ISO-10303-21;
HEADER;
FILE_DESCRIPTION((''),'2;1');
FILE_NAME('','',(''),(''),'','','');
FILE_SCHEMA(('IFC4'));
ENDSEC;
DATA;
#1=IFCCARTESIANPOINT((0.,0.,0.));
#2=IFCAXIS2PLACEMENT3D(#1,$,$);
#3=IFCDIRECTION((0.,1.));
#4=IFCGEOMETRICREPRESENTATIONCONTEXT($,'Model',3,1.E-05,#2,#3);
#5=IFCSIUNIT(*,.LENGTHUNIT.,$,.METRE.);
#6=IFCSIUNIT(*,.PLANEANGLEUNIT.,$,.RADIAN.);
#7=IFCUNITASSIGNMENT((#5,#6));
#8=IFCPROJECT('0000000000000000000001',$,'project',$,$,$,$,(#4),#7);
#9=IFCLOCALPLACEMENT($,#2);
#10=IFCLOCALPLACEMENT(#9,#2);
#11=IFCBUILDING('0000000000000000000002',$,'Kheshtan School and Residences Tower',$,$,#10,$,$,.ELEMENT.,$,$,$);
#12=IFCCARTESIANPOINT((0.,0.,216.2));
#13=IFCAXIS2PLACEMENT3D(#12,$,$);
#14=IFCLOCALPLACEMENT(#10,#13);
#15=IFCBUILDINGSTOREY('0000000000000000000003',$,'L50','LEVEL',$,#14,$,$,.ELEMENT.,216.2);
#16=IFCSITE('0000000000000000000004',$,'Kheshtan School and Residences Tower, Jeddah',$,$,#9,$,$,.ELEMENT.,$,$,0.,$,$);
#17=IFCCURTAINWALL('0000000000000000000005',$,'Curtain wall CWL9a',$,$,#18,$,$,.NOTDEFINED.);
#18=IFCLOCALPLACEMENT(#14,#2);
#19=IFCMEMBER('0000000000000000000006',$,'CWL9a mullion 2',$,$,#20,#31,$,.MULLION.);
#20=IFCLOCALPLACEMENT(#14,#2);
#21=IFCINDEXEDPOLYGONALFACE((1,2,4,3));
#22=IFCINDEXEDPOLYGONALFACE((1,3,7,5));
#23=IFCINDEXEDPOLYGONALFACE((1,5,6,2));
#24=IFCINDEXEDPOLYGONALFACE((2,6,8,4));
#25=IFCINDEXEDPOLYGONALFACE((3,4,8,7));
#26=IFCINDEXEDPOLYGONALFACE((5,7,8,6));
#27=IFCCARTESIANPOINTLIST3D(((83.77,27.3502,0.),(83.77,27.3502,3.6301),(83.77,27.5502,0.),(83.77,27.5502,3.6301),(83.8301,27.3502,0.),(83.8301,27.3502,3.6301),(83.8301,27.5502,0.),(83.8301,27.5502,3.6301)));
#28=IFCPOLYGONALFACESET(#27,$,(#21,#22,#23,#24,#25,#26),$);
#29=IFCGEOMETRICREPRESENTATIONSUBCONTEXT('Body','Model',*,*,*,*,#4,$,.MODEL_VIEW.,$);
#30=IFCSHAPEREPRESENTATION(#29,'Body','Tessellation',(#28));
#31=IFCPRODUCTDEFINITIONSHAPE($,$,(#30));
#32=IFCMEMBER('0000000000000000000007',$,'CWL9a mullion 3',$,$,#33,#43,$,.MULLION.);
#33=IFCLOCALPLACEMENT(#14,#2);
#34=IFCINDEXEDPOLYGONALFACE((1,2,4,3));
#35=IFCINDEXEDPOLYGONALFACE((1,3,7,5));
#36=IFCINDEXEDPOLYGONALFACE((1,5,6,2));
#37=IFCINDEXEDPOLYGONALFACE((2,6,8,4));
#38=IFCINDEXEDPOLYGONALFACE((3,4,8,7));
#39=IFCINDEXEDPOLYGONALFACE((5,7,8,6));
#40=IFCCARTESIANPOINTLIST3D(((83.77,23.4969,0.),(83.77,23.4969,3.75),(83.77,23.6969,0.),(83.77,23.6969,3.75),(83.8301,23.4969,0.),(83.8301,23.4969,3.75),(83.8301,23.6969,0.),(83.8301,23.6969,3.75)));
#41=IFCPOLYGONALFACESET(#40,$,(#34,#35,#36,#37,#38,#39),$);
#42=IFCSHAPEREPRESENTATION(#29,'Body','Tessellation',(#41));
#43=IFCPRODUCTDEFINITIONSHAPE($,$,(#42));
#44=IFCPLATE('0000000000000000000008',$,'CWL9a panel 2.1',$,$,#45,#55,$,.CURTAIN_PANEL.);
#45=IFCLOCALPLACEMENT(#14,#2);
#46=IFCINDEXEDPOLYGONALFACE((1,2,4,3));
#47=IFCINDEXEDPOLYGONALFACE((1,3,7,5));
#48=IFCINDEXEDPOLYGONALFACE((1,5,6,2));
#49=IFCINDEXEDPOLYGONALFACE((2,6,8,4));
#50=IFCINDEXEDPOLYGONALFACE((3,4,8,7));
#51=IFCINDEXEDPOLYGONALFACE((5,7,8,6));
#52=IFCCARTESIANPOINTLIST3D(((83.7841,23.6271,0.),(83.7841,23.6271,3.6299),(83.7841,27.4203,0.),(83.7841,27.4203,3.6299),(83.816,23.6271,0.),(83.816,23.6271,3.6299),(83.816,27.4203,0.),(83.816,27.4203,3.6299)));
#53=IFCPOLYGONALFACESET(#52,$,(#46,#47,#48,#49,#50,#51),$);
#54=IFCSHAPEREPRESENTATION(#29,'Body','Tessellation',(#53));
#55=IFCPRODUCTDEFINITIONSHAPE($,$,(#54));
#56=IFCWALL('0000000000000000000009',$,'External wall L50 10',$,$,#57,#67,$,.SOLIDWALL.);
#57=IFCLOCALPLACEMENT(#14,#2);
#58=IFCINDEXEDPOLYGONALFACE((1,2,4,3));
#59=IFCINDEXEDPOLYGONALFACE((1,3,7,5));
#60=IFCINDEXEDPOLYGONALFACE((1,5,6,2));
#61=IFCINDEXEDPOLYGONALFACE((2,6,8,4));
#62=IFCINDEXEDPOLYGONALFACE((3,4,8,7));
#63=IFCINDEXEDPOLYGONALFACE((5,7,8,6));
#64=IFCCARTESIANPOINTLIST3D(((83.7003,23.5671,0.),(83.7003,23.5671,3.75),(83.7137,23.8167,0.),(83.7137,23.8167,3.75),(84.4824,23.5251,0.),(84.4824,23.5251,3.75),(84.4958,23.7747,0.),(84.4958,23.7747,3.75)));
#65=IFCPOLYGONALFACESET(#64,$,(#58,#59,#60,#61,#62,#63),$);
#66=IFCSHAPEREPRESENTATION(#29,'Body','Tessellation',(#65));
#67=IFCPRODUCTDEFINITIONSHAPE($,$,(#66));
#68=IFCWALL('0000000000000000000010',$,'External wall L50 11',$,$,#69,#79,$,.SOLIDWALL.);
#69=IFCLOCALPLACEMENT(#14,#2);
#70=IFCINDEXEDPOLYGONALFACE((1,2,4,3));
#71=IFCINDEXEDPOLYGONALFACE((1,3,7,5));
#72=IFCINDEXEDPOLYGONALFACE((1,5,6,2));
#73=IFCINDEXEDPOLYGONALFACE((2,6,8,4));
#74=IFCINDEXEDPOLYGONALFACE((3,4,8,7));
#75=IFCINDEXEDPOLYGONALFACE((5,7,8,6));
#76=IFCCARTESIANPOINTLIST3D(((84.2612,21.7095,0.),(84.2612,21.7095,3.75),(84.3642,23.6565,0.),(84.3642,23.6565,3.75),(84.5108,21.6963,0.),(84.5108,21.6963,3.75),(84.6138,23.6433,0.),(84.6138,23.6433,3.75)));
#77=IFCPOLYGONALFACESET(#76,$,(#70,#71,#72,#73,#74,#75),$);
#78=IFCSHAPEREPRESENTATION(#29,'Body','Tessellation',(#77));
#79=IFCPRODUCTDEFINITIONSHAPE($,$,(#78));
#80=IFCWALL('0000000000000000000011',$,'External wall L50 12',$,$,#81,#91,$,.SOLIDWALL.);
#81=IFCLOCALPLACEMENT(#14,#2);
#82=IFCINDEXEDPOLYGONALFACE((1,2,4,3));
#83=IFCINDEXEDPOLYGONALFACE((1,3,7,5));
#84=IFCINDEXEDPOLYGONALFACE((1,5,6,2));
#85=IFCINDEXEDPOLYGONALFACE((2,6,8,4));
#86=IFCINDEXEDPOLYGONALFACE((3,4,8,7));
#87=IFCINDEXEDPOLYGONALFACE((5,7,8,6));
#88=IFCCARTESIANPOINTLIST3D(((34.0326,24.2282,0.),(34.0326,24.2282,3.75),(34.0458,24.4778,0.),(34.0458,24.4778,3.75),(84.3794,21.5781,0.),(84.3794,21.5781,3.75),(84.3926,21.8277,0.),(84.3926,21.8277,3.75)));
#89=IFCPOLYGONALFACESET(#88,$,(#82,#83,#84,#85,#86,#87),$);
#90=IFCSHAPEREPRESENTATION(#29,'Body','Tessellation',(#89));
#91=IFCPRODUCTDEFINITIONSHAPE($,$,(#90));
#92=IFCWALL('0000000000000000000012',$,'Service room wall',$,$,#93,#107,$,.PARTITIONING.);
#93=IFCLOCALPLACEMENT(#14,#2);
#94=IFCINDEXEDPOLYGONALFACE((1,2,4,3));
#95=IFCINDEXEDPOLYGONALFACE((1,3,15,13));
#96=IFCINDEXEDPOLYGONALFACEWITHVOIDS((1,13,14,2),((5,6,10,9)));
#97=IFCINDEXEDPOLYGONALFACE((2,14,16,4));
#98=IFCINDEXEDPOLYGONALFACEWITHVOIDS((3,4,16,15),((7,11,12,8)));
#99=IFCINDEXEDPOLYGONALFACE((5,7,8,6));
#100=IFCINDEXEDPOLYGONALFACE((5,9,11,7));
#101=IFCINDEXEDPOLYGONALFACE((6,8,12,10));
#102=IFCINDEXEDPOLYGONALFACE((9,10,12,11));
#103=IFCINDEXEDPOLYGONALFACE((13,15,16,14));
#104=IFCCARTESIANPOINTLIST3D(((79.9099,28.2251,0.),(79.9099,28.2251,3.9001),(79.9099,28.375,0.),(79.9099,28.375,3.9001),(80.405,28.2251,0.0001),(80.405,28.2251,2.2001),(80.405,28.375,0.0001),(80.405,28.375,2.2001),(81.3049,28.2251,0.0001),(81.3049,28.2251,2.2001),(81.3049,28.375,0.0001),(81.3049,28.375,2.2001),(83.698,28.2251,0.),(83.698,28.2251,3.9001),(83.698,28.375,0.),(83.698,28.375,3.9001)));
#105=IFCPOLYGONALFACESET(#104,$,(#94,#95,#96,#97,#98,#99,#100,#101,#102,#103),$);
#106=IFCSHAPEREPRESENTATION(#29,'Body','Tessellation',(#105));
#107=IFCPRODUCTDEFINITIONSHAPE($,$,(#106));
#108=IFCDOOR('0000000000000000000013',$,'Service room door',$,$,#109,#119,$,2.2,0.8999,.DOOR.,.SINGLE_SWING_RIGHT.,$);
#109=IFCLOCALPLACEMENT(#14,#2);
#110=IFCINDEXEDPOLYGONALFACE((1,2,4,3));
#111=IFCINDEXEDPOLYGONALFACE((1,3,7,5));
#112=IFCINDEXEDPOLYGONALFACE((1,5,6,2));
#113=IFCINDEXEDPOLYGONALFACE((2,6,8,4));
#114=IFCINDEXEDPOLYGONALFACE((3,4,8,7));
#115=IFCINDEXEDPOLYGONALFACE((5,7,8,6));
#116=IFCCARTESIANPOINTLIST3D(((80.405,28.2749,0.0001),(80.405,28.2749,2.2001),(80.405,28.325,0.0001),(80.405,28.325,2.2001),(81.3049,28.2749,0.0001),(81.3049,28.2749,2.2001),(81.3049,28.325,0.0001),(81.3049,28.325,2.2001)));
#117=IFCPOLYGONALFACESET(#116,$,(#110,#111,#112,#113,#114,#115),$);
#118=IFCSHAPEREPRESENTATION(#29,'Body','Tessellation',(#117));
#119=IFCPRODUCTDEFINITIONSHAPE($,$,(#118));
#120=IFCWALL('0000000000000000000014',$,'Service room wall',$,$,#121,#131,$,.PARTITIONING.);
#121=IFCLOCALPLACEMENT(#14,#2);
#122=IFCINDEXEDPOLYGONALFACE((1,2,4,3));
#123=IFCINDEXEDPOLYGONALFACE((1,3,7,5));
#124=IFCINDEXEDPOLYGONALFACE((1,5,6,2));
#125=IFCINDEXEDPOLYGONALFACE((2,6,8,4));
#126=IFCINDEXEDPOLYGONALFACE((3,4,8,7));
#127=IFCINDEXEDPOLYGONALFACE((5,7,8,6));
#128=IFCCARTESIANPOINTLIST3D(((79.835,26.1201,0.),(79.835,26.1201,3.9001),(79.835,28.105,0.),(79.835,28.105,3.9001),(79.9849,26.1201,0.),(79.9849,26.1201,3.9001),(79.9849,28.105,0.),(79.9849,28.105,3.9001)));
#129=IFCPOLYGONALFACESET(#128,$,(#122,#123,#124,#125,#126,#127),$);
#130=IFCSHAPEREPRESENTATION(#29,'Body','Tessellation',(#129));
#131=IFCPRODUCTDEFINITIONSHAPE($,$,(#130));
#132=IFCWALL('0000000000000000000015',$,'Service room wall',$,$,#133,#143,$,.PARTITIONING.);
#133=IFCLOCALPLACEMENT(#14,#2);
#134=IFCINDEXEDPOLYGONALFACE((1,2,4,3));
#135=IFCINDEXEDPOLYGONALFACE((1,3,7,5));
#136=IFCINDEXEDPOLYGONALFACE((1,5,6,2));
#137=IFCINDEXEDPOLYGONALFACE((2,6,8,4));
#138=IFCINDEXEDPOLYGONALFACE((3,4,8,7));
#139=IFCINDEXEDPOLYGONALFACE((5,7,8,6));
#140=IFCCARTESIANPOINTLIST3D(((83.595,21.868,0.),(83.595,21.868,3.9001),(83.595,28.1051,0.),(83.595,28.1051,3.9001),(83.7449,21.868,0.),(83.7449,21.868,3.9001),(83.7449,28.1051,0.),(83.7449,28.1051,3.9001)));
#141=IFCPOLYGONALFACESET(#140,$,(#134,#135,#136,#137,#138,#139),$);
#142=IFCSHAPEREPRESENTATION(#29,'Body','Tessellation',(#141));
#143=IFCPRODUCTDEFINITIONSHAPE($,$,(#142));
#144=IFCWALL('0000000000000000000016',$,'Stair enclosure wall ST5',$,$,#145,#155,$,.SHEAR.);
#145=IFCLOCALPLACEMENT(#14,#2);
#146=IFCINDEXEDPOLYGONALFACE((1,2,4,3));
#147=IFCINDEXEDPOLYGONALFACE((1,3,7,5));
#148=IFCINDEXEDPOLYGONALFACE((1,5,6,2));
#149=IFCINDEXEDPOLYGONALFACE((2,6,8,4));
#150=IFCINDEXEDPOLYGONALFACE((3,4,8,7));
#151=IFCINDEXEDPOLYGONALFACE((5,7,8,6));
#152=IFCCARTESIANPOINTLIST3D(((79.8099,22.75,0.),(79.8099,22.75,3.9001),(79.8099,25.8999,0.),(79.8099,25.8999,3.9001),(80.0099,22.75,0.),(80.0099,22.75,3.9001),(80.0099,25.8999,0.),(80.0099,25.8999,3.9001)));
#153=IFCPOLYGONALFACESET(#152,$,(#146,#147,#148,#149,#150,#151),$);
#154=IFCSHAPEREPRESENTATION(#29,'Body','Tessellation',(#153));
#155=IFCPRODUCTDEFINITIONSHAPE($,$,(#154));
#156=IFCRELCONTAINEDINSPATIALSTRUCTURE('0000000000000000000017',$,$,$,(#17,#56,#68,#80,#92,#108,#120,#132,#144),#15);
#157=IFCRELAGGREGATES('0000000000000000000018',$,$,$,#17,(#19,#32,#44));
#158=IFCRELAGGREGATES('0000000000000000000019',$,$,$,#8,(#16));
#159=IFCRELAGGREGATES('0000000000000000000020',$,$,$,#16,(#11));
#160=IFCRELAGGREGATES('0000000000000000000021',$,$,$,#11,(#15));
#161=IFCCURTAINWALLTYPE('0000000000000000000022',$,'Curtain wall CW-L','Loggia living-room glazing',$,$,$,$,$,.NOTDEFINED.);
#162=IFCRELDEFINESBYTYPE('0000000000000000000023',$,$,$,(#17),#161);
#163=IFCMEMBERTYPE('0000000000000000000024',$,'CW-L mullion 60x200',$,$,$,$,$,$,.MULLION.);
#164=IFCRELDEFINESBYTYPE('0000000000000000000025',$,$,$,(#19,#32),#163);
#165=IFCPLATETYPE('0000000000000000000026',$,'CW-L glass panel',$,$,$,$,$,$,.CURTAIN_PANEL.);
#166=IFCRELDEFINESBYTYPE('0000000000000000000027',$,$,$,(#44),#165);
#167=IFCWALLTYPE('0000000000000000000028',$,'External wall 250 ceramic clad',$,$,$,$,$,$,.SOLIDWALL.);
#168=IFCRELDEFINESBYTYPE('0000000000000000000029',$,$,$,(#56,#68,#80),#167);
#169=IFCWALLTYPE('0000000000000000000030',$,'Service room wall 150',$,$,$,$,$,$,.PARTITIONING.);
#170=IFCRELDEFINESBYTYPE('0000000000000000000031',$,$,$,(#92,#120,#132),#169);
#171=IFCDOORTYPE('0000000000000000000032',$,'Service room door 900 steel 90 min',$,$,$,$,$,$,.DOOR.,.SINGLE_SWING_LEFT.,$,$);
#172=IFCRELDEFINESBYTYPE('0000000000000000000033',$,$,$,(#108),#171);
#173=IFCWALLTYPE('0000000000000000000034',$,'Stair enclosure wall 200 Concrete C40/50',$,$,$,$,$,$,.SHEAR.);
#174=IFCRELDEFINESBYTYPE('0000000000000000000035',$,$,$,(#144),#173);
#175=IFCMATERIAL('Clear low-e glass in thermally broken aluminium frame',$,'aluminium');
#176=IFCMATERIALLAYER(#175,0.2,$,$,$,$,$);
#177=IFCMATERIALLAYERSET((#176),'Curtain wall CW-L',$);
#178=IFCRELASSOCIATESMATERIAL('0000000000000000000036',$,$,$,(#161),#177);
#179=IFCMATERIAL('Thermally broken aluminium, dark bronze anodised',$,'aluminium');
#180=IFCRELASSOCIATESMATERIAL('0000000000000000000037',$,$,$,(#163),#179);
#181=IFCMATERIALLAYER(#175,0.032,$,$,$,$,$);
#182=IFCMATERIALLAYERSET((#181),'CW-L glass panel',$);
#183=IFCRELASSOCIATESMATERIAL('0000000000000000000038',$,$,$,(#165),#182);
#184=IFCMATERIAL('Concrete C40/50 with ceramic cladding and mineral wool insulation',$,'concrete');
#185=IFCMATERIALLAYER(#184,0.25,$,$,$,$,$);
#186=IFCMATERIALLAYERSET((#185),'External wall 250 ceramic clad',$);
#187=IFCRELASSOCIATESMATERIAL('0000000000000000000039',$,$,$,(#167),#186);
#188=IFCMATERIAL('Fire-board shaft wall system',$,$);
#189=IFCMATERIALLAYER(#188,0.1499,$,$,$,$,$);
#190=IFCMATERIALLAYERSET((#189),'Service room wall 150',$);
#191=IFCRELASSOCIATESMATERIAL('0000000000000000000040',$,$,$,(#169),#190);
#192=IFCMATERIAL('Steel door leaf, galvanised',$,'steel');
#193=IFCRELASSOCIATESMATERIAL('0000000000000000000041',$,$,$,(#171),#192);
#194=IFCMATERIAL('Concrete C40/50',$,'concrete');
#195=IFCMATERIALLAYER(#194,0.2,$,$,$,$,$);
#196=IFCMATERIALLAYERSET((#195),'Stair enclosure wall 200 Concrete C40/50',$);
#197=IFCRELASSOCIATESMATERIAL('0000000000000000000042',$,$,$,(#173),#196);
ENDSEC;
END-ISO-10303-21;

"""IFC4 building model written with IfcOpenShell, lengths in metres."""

from ifc_helpers import new_model, si_unit, direction, frame, frame_2d, origin, origin_2d, place, context, subcontext, project, spatial, rectangle, extrude, source, transform, mapped, material, layer, layer_set, material_profile, profile_set, type_object, element, fill, aggregate, save


model = new_model("IFC4")

# Units and contexts
model_context = context("Model", 3, precision=1e-05, world=origin(), true_north=direction((0.0, 1.0)))
body_context = subcontext(model_context, "Body", "Model", "MODEL_VIEW")
ifc_project = project(units=[si_unit("LENGTHUNIT", "METRE"), si_unit("PLANEANGLEUNIT", "RADIAN")], contexts=[model_context])

# Site, building, storey
site_placement = place(None, origin())
site = spatial("IfcSite", under=ifc_project, at=site_placement, Name="Kheshtan School and Residences Tower, Jeddah", CompositionType="ELEMENT", RefElevation=0.0)
building_placement = place(site_placement, origin())
building = spatial("IfcBuilding", under=site, at=building_placement, Name="Kheshtan School and Residences Tower", CompositionType="ELEMENT")
storey_placement = place(building_placement, frame((0.0, 0.0, 216.2)))
storey = spatial("IfcBuildingStorey", under=building, at=storey_placement, Name="L50", Description="LEVEL", CompositionType="ELEMENT", Elevation=216.2)

# Curtain wall, members, plate
ifc_material_1 = material(Name="Clear low-e glass in thermally broken aluminium frame", Category="aluminium")
ifc_layer_1 = layer(ifc_material_1, 0.2)
ifc_layer_set_1 = layer_set([ifc_layer_1], Name="Curtain wall CW-L")
curtain_wall_type = type_object("IfcCurtainWallType", Name="Curtain wall CW-L", Description="Loggia living-room glazing", PredefinedType="NOTDEFINED", material=ifc_layer_set_1)
curtain_wall_placement = place(storey_placement, origin())
curtain_wall = element("IfcCurtainWall", 1, at=curtain_wall_placement, inside=storey, type_object=curtain_wall_type, Name="Curtain wall CWL9a", PredefinedType="NOTDEFINED")
ifc_material_2 = material(Name="Thermally broken aluminium, dark bronze anodised", Category="aluminium")
ifc_material_profile_1 = material_profile(ifc_material_2, rectangle(XDim=0.0601, YDim=0.2, at=origin_2d()), Name="CW-L mullion 60x200")
ifc_profile_set_1 = profile_set([ifc_material_profile_1], Name="Thermally broken aluminium, dark bronze anodised")
member_type = type_object("IfcMemberType", Name="CW-L mullion 60x200", PredefinedType="MULLION", material=ifc_profile_set_1)
member_1_placement = place(storey_placement, frame((83.8, 27.4502, 0.0), z_axis=(0.0, 0.0, 1.0), x_axis=(1.0, 0.0, 0.0)))
member_1 = element("IfcMember", 2, at=member_1_placement, type_object=member_type, Name="CWL9a mullion 2", PredefinedType="MULLION", context=body_context, shape_type="SweptSolid", body=[
    extrude(rectangle(XDim=0.0601, YDim=0.2, at=origin_2d()), origin(), (0.0, 0.0, 1.0), 3.6301),
])
member_2_placement = place(storey_placement, frame((83.8, 23.5969, 0.0), z_axis=(0.0, 0.0, 1.0), x_axis=(1.0, 0.0, 0.0)))
member_2 = element("IfcMember", 3, at=member_2_placement, type_object=member_type, Name="CWL9a mullion 3", PredefinedType="MULLION", context=body_context, shape_type="SweptSolid", body=[
    extrude(rectangle(XDim=0.0601, YDim=0.2, at=origin_2d()), origin(), (0.0, 0.0, 1.0), 3.75),
])
ifc_layer_2 = layer(ifc_material_1, 0.032)
ifc_layer_set_2 = layer_set([ifc_layer_2], Name="CW-L glass panel")
plate_type = type_object("IfcPlateType", Name="CW-L glass panel", PredefinedType="CURTAIN_PANEL", material=ifc_layer_set_2)
plate_placement = place(storey_placement, frame((83.8, 25.5237, 0.0), z_axis=(0.0, 0.0, 1.0), x_axis=(0.0, -1.0, 0.0)))
plate = element("IfcPlate", 4, at=plate_placement, type_object=plate_type, Name="CWL9a panel 2.1", PredefinedType="CURTAIN_PANEL", context=body_context, shape_type="SweptSolid", body=[
    extrude(rectangle(XDim=3.7932, YDim=0.032, at=origin_2d()), origin(), (0.0, 0.0, 1.0), 3.6299),
])
aggregate(curtain_wall, [member_1, member_2, plate])

# Walls
ifc_material_3 = material(Name="Concrete C40/50 with ceramic cladding and mineral wool insulation", Category="concrete")
ifc_layer_3 = layer(ifc_material_3, 0.25)
ifc_layer_set_3 = layer_set([ifc_layer_3], Name="External wall 250 ceramic clad")
wall_type_1 = type_object("IfcWallType", Name="External wall 250 ceramic clad", PredefinedType="SOLIDWALL", material=ifc_layer_set_3)
wall_1_placement = place(storey_placement, frame((83.707, 23.6919, 0.0), z_axis=(0.0, 0.0, 1.0), x_axis=(0.998561, -0.053622, 0.0)))
element("IfcWall", 5, at=wall_1_placement, inside=storey, type_object=wall_type_1, Name="External wall L50 10", PredefinedType="SOLIDWALL", context=body_context, shape_type="SweptSolid", body=[
    extrude(rectangle(XDim=0.7832, YDim=0.25, at=frame_2d((0.3916, 0.0))), origin(), (0.0, 0.0, 1.0), 3.75),
])
wall_2_placement = place(storey_placement, frame((84.489, 23.6499, 0.0), z_axis=(0.0, 0.0, 1.0), x_axis=(-0.052841, -0.998603, 0.0)))
element("IfcWall", 6, at=wall_2_placement, inside=storey, type_object=wall_type_1, Name="External wall L50 11", PredefinedType="SOLIDWALL", context=body_context, shape_type="SweptSolid", body=[
    extrude(rectangle(XDim=1.9497, YDim=0.25, at=frame_2d((0.9749, 0.0))), origin(), (0.0, 0.0, 1.0), 3.75),
])
wall_3_placement = place(storey_placement, frame((84.386, 21.7029, 0.0), z_axis=(0.0, 0.0, 1.0), x_axis=(-0.998618, 0.052565, 0.0)))
element("IfcWall", 7, at=wall_3_placement, inside=storey, type_object=wall_type_1, Name="External wall L50 12", PredefinedType="SOLIDWALL", context=body_context, shape_type="SweptSolid", body=[
    extrude(rectangle(XDim=50.4165, YDim=0.25, at=frame_2d((25.2083, 0.0))), origin(), (0.0, 0.0, 1.0), 3.75),
])

# Wall, opening, door
ifc_material_4 = material(Name="Fire-board shaft wall system")
ifc_layer_4 = layer(ifc_material_4, 0.1499)
ifc_layer_set_4 = layer_set([ifc_layer_4], Name="Service room wall 150")
wall_type_2 = type_object("IfcWallType", Name="Service room wall 150", PredefinedType="PARTITIONING", material=ifc_layer_set_4)
wall_4_placement = place(storey_placement, frame((79.9099, 28.3, 0.0), z_axis=(0.0, 0.0, 1.0), x_axis=(1.0, 0.0, 0.0)))
wall_4 = element("IfcWall", 8, at=wall_4_placement, inside=storey, type_object=wall_type_2, Name="Service room wall", PredefinedType="PARTITIONING", context=body_context, shape_type="SweptSolid", body=[
    extrude(rectangle(XDim=3.7881, YDim=0.1499, at=frame_2d((1.894, 0.0))), origin(), (0.0, 0.0, 1.0), 3.9001),
])
opening_placement = place(wall_4_placement, frame((0.4951, 0.0, 0.0)))
opening = element("IfcOpeningElement", 9, at=opening_placement, cuts=wall_4, PredefinedType="OPENING", context=body_context, shape_type="SweptSolid", body=[
    extrude(rectangle(XDim=0.8999, YDim=2.2, at=frame_2d((0.45, 1.1001))), frame((0.0, 0.085, 0.0), z_axis=(0.0, -1.0, 0.0), x_axis=(1.0, 0.0, 0.0)), (0.0, 0.0, 1.0), 0.1699),
])
ifc_material_5 = material(Name="Steel door leaf, galvanised", Category="steel")
door_type = type_object("IfcDoorType", Name="Service room door 900 steel 90 min", OperationType="SINGLE_SWING_LEFT", PredefinedType="DOOR", material=ifc_material_5)
shared_shape = source(origin(), body_context, "Body", "SweptSolid", [
    extrude(rectangle(XDim=0.8999, YDim=2.2, at=frame_2d((0.45, 1.1001))), frame((0.0, 0.0249, 0.0), z_axis=(0.0, -1.0, 0.0), x_axis=(1.0, 0.0, 0.0)), (0.0, 0.0, 1.0), 0.05),
])
door_placement = place(opening_placement, origin())
door = element("IfcDoor", 10, at=door_placement, inside=storey, type_object=door_type, Name="Service room door", OperationType="SINGLE_SWING_RIGHT", OverallHeight=2.2, OverallWidth=0.8999, PredefinedType="DOOR", context=body_context, shape_type="MappedRepresentation", body=[
    mapped(shared_shape, transform((0.0, 0.0, 0.0), x_axis=(1.0, 0.0, 0.0), y_axis=(0.0, 1.0, 0.0), z_axis=(0.0, 0.0, 1.0), scale=1.0)),
])
fill(opening, door)

# Walls
wall_5_placement = place(storey_placement, frame((79.9099, 26.1201, 0.0), z_axis=(0.0, 0.0, 1.0), x_axis=(0.0, 1.0, 0.0)))
element("IfcWall", 11, at=wall_5_placement, inside=storey, type_object=wall_type_2, Name="Service room wall", PredefinedType="PARTITIONING", context=body_context, shape_type="SweptSolid", body=[
    extrude(rectangle(XDim=1.9849, YDim=0.1499, at=frame_2d((0.9924, 0.0))), origin(), (0.0, 0.0, 1.0), 3.9001),
])
wall_6_placement = place(storey_placement, frame((83.6699, 21.8679, 0.0), z_axis=(0.0, 0.0, 1.0), x_axis=(0.0, 1.0, 0.0)))
element("IfcWall", 12, at=wall_6_placement, inside=storey, type_object=wall_type_2, Name="Service room wall", PredefinedType="PARTITIONING", context=body_context, shape_type="SweptSolid", body=[
    extrude(rectangle(XDim=6.2371, YDim=0.1499, at=frame_2d((3.1187, 0.0))), origin(), (0.0, 0.0, 1.0), 3.9001),
])
ifc_material_6 = material(Name="Concrete C40/50", Category="concrete")
ifc_layer_5 = layer(ifc_material_6, 0.2)
ifc_layer_set_5 = layer_set([ifc_layer_5], Name="Stair enclosure wall 200 Concrete C40/50")
wall_type_3 = type_object("IfcWallType", Name="Stair enclosure wall 200 Concrete C40/50", PredefinedType="SHEAR", material=ifc_layer_set_5)
wall_7_placement = place(storey_placement, frame((79.9099, 22.75, 0.0), z_axis=(0.0, 0.0, 1.0), x_axis=(0.0, 1.0, 0.0)))
element("IfcWall", 13, at=wall_7_placement, inside=storey, type_object=wall_type_3, Name="Stair enclosure wall ST5", PredefinedType="SHEAR", context=body_context, shape_type="SweptSolid", body=[
    extrude(rectangle(XDim=3.1499, YDim=0.2, at=frame_2d((1.575, 0.0))), origin(), (0.0, 0.0, 1.0), 3.9001),
])

save(model, "model.ifc")
